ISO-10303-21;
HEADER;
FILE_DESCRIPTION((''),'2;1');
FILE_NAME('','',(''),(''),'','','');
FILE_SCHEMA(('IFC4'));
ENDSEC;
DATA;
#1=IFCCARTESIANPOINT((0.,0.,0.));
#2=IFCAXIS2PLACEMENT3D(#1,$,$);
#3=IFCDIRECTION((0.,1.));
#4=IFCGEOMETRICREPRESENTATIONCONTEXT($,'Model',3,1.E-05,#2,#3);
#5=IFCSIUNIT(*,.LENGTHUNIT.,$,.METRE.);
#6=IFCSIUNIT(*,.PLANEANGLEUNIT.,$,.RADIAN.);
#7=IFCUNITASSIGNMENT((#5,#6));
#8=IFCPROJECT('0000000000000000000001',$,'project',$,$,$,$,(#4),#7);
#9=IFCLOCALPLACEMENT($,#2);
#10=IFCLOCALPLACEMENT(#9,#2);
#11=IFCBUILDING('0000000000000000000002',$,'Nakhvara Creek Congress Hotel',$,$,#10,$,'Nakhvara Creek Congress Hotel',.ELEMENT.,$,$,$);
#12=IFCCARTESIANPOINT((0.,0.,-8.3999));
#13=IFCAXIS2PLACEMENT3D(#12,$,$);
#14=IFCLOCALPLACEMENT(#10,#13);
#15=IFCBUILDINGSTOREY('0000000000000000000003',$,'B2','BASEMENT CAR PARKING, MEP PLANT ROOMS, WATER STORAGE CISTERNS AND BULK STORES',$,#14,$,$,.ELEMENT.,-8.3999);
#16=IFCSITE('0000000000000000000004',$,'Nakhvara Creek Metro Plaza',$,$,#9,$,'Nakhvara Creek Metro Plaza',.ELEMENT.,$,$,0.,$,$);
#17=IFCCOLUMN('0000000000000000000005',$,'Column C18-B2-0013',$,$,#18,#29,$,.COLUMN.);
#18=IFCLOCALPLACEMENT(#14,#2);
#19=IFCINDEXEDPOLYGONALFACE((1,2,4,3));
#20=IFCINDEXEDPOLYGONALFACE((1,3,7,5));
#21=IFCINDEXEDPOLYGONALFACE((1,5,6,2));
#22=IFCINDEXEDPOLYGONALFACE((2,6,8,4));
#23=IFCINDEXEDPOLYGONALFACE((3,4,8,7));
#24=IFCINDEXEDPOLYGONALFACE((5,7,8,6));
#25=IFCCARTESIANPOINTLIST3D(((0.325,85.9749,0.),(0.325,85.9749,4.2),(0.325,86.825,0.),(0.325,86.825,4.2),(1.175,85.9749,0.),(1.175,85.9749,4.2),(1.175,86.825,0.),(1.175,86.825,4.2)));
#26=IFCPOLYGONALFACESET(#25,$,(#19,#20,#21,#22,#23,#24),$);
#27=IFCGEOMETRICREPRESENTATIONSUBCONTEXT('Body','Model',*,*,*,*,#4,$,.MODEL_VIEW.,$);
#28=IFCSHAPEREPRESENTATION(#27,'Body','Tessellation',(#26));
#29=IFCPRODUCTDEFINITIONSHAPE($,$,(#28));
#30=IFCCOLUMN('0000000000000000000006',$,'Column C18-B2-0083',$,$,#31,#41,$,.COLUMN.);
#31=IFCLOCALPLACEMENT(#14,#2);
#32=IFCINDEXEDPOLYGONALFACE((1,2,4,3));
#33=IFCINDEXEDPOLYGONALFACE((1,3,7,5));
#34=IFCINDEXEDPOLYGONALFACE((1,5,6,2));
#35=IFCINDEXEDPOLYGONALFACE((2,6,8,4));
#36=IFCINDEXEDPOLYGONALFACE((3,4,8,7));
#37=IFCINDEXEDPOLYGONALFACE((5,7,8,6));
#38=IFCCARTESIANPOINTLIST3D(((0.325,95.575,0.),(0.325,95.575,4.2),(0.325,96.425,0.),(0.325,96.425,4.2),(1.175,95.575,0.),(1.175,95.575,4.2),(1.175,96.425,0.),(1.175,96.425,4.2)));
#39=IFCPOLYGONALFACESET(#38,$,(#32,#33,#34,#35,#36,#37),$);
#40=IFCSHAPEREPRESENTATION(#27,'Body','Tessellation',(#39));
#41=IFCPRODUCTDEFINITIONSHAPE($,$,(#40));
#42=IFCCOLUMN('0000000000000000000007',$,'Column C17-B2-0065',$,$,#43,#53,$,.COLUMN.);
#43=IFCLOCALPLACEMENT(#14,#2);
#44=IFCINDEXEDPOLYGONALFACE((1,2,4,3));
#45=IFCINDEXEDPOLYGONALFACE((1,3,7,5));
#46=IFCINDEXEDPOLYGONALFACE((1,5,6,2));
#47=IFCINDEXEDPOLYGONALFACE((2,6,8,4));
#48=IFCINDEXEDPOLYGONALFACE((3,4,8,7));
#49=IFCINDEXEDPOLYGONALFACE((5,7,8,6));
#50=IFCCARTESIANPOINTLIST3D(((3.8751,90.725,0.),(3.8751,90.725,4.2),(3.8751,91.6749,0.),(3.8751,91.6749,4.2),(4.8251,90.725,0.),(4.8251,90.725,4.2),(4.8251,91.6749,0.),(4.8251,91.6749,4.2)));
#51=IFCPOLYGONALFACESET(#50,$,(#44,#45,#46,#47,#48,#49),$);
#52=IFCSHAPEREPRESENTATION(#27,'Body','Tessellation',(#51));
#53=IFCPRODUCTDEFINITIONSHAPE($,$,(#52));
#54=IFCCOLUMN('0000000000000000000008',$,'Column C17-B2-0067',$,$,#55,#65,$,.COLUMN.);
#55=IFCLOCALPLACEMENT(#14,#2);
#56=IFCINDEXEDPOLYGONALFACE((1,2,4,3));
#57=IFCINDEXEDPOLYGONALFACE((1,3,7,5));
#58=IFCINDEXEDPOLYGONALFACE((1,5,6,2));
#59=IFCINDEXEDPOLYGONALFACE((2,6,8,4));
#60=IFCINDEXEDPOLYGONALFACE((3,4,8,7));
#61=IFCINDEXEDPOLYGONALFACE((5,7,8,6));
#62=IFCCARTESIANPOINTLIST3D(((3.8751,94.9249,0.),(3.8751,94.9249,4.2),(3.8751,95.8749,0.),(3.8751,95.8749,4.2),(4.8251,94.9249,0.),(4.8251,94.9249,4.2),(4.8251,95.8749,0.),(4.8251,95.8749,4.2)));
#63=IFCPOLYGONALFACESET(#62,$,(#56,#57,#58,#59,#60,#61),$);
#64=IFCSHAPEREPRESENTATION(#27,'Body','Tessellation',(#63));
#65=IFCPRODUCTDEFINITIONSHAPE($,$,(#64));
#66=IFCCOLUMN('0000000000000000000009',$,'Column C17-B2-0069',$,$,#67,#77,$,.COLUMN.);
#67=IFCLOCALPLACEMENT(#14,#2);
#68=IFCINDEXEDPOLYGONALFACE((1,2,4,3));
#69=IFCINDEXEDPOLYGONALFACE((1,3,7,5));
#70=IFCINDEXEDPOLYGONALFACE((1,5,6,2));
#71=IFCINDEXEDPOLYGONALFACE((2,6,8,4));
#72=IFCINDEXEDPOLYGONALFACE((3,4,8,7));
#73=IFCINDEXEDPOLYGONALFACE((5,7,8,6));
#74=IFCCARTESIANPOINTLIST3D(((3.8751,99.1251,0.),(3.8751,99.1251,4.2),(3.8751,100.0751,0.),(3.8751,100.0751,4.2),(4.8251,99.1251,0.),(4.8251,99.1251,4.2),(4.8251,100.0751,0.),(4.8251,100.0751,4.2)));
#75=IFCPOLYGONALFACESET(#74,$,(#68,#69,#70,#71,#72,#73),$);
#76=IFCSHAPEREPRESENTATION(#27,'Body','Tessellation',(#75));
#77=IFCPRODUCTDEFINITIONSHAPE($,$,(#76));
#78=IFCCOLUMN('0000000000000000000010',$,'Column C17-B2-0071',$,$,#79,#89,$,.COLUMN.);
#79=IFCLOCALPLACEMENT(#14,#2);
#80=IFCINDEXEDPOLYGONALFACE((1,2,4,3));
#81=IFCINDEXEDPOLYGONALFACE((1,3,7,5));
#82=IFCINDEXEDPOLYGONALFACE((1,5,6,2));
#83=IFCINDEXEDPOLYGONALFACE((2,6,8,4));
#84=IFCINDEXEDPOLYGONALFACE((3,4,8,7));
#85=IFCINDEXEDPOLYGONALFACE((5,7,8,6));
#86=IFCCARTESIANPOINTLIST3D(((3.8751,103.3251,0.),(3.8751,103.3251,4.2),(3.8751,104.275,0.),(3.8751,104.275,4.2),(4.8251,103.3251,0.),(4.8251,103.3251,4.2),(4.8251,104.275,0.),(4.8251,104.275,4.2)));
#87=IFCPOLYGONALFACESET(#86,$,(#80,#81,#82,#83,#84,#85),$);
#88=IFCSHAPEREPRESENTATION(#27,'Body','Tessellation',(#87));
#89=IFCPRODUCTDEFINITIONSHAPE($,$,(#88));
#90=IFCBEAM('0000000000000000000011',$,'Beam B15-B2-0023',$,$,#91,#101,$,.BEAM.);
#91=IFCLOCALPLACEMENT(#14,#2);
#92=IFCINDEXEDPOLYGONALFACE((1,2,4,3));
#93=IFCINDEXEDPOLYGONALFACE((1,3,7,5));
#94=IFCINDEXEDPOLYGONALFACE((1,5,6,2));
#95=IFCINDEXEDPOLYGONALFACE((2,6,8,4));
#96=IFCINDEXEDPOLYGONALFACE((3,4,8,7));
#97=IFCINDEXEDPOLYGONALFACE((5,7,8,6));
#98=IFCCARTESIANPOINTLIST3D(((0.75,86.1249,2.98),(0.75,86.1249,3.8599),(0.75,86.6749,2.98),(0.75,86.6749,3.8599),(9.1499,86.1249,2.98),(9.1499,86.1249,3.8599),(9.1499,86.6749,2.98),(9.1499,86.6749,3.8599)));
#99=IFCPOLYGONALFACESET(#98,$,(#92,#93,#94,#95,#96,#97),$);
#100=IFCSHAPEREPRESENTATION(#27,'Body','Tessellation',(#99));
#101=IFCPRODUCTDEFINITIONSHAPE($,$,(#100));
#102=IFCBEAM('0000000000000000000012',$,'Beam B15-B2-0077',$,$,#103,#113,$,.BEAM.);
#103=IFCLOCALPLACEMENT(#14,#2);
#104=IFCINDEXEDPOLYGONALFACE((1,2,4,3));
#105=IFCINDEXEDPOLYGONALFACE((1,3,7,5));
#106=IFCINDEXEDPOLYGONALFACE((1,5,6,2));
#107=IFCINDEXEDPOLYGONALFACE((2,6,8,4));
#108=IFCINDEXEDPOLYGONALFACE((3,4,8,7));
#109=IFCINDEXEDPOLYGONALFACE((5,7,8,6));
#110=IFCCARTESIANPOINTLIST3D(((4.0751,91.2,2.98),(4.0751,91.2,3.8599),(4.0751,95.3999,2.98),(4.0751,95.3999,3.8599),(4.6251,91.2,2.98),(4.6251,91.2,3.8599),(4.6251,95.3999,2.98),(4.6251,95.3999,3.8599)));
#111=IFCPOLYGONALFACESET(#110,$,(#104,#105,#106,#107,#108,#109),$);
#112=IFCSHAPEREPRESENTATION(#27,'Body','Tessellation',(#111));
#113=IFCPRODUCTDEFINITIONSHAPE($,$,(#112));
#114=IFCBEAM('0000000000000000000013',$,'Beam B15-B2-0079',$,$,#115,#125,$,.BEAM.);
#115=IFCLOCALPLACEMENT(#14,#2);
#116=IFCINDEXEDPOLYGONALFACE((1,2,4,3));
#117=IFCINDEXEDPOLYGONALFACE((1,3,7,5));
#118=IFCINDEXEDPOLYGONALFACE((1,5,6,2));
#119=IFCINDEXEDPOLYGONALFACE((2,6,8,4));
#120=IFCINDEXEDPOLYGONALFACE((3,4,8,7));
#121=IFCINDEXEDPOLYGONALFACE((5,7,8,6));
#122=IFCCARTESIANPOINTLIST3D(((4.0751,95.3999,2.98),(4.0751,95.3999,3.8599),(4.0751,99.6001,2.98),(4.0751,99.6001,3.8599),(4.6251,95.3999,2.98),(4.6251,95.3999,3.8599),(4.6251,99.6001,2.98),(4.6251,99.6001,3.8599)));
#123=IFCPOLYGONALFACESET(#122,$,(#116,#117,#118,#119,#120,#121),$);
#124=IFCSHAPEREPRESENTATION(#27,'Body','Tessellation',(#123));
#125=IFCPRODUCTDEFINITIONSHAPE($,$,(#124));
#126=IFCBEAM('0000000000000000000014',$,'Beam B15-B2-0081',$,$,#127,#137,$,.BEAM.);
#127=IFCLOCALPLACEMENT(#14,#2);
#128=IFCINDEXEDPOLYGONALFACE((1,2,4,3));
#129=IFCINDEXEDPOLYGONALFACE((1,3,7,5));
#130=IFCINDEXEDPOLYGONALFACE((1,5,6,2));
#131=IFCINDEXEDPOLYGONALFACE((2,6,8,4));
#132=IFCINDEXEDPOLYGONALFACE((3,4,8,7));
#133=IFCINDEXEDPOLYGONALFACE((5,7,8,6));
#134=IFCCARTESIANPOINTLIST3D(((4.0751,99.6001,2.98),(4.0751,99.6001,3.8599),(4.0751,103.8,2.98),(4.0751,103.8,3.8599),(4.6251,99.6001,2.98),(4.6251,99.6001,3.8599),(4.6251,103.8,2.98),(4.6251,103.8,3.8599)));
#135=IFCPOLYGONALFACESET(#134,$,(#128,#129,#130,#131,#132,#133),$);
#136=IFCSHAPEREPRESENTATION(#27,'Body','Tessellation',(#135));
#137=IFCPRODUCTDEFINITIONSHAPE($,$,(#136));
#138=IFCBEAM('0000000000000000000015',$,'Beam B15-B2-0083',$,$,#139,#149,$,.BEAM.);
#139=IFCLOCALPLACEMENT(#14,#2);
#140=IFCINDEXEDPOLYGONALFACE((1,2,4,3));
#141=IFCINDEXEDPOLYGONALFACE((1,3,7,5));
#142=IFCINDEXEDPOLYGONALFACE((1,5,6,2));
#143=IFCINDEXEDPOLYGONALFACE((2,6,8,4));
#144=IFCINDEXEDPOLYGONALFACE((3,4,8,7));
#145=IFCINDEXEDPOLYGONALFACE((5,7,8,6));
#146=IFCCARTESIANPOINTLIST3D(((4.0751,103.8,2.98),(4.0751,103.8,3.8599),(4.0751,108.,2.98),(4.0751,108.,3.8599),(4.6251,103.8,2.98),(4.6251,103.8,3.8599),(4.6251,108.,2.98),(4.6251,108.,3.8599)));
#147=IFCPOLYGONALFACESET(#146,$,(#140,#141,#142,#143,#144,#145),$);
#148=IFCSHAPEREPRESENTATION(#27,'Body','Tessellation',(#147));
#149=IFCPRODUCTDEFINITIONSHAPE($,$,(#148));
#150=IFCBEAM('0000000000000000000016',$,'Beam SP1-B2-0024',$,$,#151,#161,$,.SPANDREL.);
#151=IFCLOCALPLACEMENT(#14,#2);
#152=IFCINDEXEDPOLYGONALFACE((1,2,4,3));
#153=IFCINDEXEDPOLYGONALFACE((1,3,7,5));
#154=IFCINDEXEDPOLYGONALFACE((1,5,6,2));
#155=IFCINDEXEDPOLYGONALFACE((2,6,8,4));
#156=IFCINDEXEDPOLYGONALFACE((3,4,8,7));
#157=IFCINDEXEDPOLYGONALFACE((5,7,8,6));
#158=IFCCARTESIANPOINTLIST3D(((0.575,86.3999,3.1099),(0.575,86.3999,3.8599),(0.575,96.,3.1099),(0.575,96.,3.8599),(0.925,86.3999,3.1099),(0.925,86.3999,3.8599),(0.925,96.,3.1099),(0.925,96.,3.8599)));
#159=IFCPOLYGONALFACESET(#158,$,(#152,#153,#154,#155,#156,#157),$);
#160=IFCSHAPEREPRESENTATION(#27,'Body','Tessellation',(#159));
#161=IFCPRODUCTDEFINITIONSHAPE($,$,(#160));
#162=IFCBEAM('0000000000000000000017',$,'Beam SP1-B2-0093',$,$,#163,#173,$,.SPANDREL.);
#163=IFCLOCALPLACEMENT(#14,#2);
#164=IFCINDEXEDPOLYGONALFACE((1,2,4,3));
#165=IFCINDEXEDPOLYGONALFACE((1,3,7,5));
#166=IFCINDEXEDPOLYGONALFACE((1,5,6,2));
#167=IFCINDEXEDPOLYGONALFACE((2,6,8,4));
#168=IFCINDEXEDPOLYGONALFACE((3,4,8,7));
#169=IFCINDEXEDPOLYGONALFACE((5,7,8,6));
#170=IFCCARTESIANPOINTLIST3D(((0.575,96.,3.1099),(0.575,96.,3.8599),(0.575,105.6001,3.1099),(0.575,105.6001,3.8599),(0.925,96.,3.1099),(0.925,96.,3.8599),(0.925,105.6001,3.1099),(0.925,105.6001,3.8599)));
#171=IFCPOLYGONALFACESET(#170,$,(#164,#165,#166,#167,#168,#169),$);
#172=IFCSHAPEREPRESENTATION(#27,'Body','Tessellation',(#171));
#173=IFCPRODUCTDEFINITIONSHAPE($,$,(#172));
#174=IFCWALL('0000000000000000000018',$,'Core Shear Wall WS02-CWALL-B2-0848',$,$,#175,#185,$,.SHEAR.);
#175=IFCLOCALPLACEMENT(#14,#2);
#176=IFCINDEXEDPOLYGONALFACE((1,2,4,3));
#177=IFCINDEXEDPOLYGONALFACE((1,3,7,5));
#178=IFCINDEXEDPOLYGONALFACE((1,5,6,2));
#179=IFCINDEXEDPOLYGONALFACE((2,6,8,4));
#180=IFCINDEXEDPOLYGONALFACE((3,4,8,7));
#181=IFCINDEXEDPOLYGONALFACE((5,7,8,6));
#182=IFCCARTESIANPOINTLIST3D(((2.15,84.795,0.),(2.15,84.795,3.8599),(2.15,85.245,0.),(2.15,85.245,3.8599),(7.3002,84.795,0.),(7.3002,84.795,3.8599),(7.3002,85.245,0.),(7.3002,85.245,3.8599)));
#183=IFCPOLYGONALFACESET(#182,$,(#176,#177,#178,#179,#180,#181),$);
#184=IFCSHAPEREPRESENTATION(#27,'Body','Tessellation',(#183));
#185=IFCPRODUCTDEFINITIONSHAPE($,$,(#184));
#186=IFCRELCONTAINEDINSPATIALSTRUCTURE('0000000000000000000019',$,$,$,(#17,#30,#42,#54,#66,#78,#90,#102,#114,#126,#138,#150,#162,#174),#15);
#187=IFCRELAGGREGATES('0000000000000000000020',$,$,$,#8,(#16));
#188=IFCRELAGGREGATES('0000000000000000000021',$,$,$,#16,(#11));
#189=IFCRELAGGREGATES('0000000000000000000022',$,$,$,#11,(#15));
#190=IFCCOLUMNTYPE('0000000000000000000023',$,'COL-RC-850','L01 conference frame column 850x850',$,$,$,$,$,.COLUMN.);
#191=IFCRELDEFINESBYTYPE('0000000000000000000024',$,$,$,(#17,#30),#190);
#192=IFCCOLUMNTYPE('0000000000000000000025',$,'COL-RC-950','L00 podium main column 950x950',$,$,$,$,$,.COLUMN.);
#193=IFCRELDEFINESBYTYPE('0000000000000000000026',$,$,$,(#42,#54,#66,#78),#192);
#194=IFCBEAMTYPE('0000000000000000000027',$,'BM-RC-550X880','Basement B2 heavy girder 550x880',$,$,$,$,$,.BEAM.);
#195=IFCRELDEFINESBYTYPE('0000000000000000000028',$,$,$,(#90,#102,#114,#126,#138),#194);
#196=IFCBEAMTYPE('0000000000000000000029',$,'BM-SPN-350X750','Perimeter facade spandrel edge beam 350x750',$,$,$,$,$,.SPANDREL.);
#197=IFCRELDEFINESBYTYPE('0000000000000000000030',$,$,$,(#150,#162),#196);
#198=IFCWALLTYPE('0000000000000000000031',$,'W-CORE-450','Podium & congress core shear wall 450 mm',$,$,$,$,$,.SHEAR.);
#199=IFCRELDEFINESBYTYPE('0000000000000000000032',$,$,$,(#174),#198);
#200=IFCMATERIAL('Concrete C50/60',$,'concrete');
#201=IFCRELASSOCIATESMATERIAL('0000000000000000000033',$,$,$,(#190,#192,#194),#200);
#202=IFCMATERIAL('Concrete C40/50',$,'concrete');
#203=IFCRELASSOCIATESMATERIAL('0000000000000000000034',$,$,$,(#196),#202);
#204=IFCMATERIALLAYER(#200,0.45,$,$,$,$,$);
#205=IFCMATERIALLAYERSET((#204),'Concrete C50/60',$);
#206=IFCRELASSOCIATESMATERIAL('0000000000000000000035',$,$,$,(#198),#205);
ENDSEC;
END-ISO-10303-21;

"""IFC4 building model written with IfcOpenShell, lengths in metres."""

from ifc_helpers import new_model, si_unit, direction, frame, frame_2d, origin, origin_2d, place, context, subcontext, project, spatial, rectangle, extrude, material, layer, layer_set, material_profile, profile_set, type_object, element, save


model = new_model("IFC4")

# Units and contexts
model_context = context("Model", 3, precision=1e-05, world=origin(), true_north=direction((0.0, 1.0)))
body_context = subcontext(model_context, "Body", "Model", "MODEL_VIEW")
ifc_project = project(units=[si_unit("LENGTHUNIT", "METRE"), si_unit("PLANEANGLEUNIT", "RADIAN")], contexts=[model_context])

# Site, building, storey
site_placement = place(None, origin())
site = spatial("IfcSite", under=ifc_project, at=site_placement, Name="Nakhvara Creek Metro Plaza", LongName="Nakhvara Creek Metro Plaza", CompositionType="ELEMENT", RefElevation=0.0)
building_placement = place(site_placement, origin())
building = spatial("IfcBuilding", under=site, at=building_placement, Name="Nakhvara Creek Congress Hotel", LongName="Nakhvara Creek Congress Hotel", CompositionType="ELEMENT")
storey_placement = place(building_placement, frame((0.0, 0.0, -8.3999)))
storey = spatial("IfcBuildingStorey", under=building, at=storey_placement, Name="B2", Description="BASEMENT CAR PARKING, MEP PLANT ROOMS, WATER STORAGE CISTERNS AND BULK STORES", CompositionType="ELEMENT", Elevation=-8.3999)

# Shared definitions
ifc_material_1 = material(Name="Concrete C40/50", Category="concrete")

# Columns
ifc_material_2 = material(Name="Concrete C50/60", Category="concrete")
ifc_material_profile_1 = material_profile(ifc_material_2, rectangle(XDim=0.8501, YDim=0.8501, at=origin_2d()), Name="RC-COL 850x850", Category="LoadBearing")
ifc_profile_set_1 = profile_set([ifc_material_profile_1], Name="Concrete C50/60")
column_type_1 = type_object("IfcColumnType", Name="COL-RC-850", Description="L01 conference frame column 850x850", PredefinedType="COLUMN", material=ifc_profile_set_1)
for number, where, z_axis, x_axis, name in (
    (1, (0.75, 86.3999, 0.0), (0.0, 0.0, 1.0), (1.0, 0.0, 0.0), "Column C18-B2-0013"),
    (2, (0.75, 96.0, 0.0), (0.0, 0.0, 1.0), (1.0, 0.0, 0.0), "Column C18-B2-0083"),
):
    element("IfcColumn", number, at=place(storey_placement, frame(where, z_axis=z_axis, x_axis=x_axis)), inside=storey, type_object=column_type_1, Name=name, PredefinedType="COLUMN", context=body_context, shape_type="SweptSolid", body=[
        extrude(rectangle(XDim=0.8501, YDim=0.8501, at=origin_2d()), origin(), (0.0, 0.0, 1.0), 4.2),
    ])
ifc_material_profile_2 = material_profile(ifc_material_2, rectangle(XDim=0.95, YDim=0.95, at=origin_2d()), Name="RC-COL 950x950", Category="LoadBearing")
ifc_profile_set_2 = profile_set([ifc_material_profile_2], Name="Concrete C50/60")
column_type_2 = type_object("IfcColumnType", Name="COL-RC-950", Description="L00 podium main column 950x950", PredefinedType="COLUMN", material=ifc_profile_set_2)
for number, where, z_axis, x_axis, name in (
    (3, (4.3501, 91.2, 0.0), (0.0, 0.0, 1.0), (1.0, 0.0, 0.0), "Column C17-B2-0065"),
    (4, (4.3501, 95.3999, 0.0), (0.0, 0.0, 1.0), (1.0, 0.0, 0.0), "Column C17-B2-0067"),
    (5, (4.3501, 99.6001, 0.0), (0.0, 0.0, 1.0), (1.0, 0.0, 0.0), "Column C17-B2-0069"),
    (6, (4.3501, 103.8, 0.0), (0.0, 0.0, 1.0), (1.0, 0.0, 0.0), "Column C17-B2-0071"),
):
    element("IfcColumn", number, at=place(storey_placement, frame(where, z_axis=z_axis, x_axis=x_axis)), inside=storey, type_object=column_type_2, Name=name, PredefinedType="COLUMN", context=body_context, shape_type="SweptSolid", body=[
        extrude(rectangle(XDim=0.95, YDim=0.95, at=origin_2d()), origin(), (0.0, 0.0, 1.0), 4.2),
    ])

# Beams
ifc_material_profile_3 = material_profile(ifc_material_2, rectangle(XDim=0.55, YDim=0.8799, at=origin_2d()), Name="RC-BM 550x880", Category="LoadBearing")
ifc_profile_set_3 = profile_set([ifc_material_profile_3], Name="Concrete C50/60")
beam_type_1 = type_object("IfcBeamType", Name="BM-RC-550X880", Description="Basement B2 heavy girder 550x880", PredefinedType="BEAM", material=ifc_profile_set_3)
beam_1_placement = place(storey_placement, frame((0.75, 86.3999, 3.4199), z_axis=(1.0, 0.0, 0.0), x_axis=(0.0, 1.0, 0.0)))
element("IfcBeam", 7, at=beam_1_placement, inside=storey, type_object=beam_type_1, Name="Beam B15-B2-0023", PredefinedType="BEAM", context=body_context, shape_type="SweptSolid", body=[
    extrude(rectangle(XDim=0.55, YDim=0.8799, at=origin_2d()), origin(), (0.0, 0.0, 1.0), 8.3999),
])
beam_2_placement = place(storey_placement, frame((4.3501, 91.2, 3.4199), z_axis=(0.0, 1.0, 0.0), x_axis=(-1.0, 0.0, 0.0)))
element("IfcBeam", 8, at=beam_2_placement, inside=storey, type_object=beam_type_1, Name="Beam B15-B2-0077", PredefinedType="BEAM", context=body_context, shape_type="SweptSolid", body=[
    extrude(rectangle(XDim=0.55, YDim=0.8799, at=origin_2d()), origin(), (0.0, 0.0, 1.0), 4.2),
])
beam_3_placement = place(storey_placement, frame((4.3501, 95.3999, 3.4199), z_axis=(0.0, 1.0, 0.0), x_axis=(-1.0, 0.0, 0.0)))
element("IfcBeam", 9, at=beam_3_placement, inside=storey, type_object=beam_type_1, Name="Beam B15-B2-0079", PredefinedType="BEAM", context=body_context, shape_type="SweptSolid", body=[
    extrude(rectangle(XDim=0.55, YDim=0.8799, at=origin_2d()), origin(), (0.0, 0.0, 1.0), 4.2002),
])
for number, where, z_axis, x_axis, name in (
    (10, (4.3501, 99.6001, 3.4199), (0.0, 1.0, 0.0), (-1.0, 0.0, 0.0), "Beam B15-B2-0081"),
    (11, (4.3501, 103.8, 3.4199), (0.0, 1.0, 0.0), (-1.0, 0.0, 0.0), "Beam B15-B2-0083"),
):
    element("IfcBeam", number, at=place(storey_placement, frame(where, z_axis=z_axis, x_axis=x_axis)), inside=storey, type_object=beam_type_1, Name=name, PredefinedType="BEAM", context=body_context, shape_type="SweptSolid", body=[
        extrude(rectangle(XDim=0.55, YDim=0.8799, at=origin_2d()), origin(), (0.0, 0.0, 1.0), 4.2),
    ])
ifc_material_profile_4 = material_profile(ifc_material_1, rectangle(XDim=0.3501, YDim=0.75, at=origin_2d()), Name="RC-SPANDREL 350x750", Category="LoadBearing")
ifc_profile_set_4 = profile_set([ifc_material_profile_4], Name="Concrete C40/50")
beam_type_2 = type_object("IfcBeamType", Name="BM-SPN-350X750", Description="Perimeter facade spandrel edge beam 350x750", PredefinedType="SPANDREL", material=ifc_profile_set_4)
for number, where, z_axis, x_axis, name in (
    (12, (0.75, 86.3999, 3.4849), (0.0, 1.0, 0.0), (-1.0, 0.0, 0.0), "Beam SP1-B2-0024"),
    (13, (0.75, 96.0, 3.4849), (0.0, 1.0, 0.0), (-1.0, 0.0, 0.0), "Beam SP1-B2-0093"),
):
    element("IfcBeam", number, at=place(storey_placement, frame(where, z_axis=z_axis, x_axis=x_axis)), inside=storey, type_object=beam_type_2, Name=name, PredefinedType="SPANDREL", context=body_context, shape_type="SweptSolid", body=[
        extrude(rectangle(XDim=0.3501, YDim=0.75, at=origin_2d()), origin(), (0.0, 0.0, 1.0), 9.6001),
    ])

# Wall
ifc_layer = layer(ifc_material_2, 0.45)
ifc_layer_set = layer_set([ifc_layer], Name="Concrete C50/60")
wall_type = type_object("IfcWallType", Name="W-CORE-450", Description="Podium & congress core shear wall 450 mm", PredefinedType="SHEAR", material=ifc_layer_set)
wall_placement = place(storey_placement, frame((2.1499, 85.02, 0.0), z_axis=(0.0, 0.0, 1.0), x_axis=(1.0, 0.0, 0.0)))
element("IfcWall", 14, at=wall_placement, inside=storey, type_object=wall_type, Name="Core Shear Wall WS02-CWALL-B2-0848", PredefinedType="SHEAR", context=body_context, shape_type="SweptSolid", body=[
    extrude(rectangle(XDim=5.1501, YDim=0.45, at=frame_2d((2.5752, 0.0))), origin(), (0.0, 0.0, 1.0), 3.8599),
])

save(model, "model.ifc")
